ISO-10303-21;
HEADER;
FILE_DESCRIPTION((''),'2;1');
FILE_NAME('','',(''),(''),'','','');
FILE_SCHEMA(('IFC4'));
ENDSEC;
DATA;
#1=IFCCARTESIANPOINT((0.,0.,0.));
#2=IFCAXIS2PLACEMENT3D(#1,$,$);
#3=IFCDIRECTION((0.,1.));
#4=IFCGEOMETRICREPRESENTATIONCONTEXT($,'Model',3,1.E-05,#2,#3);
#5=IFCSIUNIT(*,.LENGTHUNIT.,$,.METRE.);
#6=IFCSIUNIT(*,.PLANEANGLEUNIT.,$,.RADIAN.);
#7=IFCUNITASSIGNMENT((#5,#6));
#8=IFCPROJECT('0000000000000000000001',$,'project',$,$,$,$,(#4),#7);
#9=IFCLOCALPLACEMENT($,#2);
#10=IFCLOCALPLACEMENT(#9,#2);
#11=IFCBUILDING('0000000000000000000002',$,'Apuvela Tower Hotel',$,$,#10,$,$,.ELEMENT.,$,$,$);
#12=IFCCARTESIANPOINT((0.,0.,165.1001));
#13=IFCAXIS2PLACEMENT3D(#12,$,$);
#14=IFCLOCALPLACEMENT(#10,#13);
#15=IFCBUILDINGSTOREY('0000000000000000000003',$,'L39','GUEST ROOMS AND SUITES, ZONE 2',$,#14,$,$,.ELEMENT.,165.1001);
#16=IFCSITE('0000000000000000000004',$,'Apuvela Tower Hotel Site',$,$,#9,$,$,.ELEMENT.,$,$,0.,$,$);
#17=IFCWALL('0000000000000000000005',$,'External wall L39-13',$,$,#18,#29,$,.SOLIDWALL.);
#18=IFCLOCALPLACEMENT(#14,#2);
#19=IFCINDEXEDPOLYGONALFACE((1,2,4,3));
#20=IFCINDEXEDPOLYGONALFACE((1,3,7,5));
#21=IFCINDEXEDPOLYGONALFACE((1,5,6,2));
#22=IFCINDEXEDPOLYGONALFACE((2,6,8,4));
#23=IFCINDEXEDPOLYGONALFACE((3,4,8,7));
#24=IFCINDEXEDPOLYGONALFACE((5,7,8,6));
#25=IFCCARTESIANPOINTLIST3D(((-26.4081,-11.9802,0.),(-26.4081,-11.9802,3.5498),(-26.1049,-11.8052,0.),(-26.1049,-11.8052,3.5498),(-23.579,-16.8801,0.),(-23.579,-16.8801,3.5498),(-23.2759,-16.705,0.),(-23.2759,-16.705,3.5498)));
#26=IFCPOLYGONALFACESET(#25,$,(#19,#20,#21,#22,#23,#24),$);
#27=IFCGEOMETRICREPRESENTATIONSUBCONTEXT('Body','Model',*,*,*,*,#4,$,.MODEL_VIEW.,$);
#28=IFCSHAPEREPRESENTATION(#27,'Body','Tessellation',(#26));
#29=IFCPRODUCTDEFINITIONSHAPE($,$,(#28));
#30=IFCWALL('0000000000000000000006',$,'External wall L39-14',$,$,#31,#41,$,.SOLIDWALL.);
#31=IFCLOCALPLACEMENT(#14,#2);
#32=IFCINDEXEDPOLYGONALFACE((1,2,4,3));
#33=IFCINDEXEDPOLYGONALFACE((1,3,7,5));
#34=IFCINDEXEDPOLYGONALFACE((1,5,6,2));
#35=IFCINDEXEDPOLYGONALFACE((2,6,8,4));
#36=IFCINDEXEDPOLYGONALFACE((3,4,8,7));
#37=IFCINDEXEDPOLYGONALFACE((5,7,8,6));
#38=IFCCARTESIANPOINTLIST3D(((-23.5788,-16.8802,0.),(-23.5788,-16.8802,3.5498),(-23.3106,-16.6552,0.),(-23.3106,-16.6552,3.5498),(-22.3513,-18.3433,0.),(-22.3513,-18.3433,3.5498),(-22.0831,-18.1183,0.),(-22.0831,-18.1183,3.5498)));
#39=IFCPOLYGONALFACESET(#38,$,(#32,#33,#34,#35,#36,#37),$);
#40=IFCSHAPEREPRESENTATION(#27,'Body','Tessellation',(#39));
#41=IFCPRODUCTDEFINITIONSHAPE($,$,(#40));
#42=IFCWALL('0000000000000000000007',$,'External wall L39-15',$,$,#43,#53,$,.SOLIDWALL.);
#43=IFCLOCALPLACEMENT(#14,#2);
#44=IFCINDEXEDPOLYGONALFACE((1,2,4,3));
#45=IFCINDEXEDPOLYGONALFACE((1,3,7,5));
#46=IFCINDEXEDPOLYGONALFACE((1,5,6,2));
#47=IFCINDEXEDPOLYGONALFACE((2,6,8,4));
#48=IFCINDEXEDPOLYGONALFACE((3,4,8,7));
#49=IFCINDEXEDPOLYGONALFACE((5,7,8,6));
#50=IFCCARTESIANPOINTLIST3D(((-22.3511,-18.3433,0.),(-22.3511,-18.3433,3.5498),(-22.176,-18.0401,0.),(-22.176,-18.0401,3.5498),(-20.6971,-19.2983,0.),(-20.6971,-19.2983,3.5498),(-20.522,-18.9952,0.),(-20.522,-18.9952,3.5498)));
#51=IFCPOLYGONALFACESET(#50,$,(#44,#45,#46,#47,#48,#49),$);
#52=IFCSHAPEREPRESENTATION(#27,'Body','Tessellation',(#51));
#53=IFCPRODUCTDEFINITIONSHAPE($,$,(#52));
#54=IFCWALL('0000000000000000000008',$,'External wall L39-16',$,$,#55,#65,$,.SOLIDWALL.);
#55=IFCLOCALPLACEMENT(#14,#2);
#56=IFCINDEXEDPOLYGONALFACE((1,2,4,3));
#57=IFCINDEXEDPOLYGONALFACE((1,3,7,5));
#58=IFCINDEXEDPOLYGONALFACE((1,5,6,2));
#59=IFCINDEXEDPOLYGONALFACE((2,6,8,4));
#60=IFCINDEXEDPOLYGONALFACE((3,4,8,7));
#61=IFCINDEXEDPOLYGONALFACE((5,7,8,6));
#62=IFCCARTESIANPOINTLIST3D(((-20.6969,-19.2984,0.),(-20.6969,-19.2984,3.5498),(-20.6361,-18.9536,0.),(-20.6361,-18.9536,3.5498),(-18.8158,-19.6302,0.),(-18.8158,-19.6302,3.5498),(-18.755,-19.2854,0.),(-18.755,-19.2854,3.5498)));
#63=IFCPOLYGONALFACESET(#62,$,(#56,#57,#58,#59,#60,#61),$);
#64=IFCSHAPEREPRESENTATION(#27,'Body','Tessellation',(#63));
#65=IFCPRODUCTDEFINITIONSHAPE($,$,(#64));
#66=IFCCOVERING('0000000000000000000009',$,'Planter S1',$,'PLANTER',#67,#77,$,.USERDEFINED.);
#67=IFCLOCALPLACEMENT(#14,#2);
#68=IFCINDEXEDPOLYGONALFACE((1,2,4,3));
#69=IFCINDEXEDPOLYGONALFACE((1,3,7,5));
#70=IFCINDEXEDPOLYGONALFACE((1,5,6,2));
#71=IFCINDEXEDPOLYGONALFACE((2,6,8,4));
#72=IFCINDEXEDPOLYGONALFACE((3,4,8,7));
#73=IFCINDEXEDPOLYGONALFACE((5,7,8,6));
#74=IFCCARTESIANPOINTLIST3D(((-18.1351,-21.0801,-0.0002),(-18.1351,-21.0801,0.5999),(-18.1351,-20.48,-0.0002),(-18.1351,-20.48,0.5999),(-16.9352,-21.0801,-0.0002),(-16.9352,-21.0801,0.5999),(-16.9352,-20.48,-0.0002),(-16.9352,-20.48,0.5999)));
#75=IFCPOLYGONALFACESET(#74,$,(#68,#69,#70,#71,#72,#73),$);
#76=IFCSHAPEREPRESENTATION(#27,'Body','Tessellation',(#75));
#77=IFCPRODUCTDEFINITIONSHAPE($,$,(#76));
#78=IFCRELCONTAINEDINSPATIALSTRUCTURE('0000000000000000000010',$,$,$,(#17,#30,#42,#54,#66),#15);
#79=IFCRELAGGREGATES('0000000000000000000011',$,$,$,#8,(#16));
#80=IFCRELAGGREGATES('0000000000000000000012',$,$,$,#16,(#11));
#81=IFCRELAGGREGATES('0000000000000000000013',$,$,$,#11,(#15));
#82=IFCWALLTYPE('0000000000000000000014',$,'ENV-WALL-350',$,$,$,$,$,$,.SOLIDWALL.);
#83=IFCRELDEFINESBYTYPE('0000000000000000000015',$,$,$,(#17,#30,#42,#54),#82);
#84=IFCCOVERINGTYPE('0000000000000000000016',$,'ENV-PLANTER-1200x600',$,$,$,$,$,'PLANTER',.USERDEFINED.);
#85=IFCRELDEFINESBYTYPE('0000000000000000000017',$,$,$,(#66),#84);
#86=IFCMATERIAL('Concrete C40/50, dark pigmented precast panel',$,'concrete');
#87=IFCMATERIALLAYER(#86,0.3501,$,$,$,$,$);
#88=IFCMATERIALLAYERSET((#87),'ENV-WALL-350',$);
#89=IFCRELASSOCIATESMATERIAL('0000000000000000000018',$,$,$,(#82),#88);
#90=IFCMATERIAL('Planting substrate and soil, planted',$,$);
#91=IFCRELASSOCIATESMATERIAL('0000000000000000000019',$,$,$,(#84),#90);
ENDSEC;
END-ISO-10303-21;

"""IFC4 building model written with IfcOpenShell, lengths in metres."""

from ifc_helpers import new_model, si_unit, direction, frame, frame_2d, origin, origin_2d, place, context, subcontext, project, spatial, rectangle, extrude, material, layer, layer_set, type_object, element, save


model = new_model("IFC4")

# Units and contexts
model_context = context("Model", 3, precision=1e-05, world=origin(), true_north=direction((0.0, 1.0)))
body_context = subcontext(model_context, "Body", "Model", "MODEL_VIEW")
ifc_project = project(units=[si_unit("LENGTHUNIT", "METRE"), si_unit("PLANEANGLEUNIT", "RADIAN")], contexts=[model_context])

# Site, building, storey
site_placement = place(None, origin())
site = spatial("IfcSite", under=ifc_project, at=site_placement, Name="Apuvela Tower Hotel Site", CompositionType="ELEMENT", RefElevation=0.0)
building_placement = place(site_placement, origin())
building = spatial("IfcBuilding", under=site, at=building_placement, Name="Apuvela Tower Hotel", CompositionType="ELEMENT")
storey_placement = place(building_placement, frame((0.0, 0.0, 165.1001)))
storey = spatial("IfcBuildingStorey", under=building, at=storey_placement, Name="L39", Description="GUEST ROOMS AND SUITES, ZONE 2", CompositionType="ELEMENT", Elevation=165.1001)

# Walls
ifc_material_1 = material(Name="Concrete C40/50, dark pigmented precast panel", Category="concrete")
ifc_layer_1 = layer(ifc_material_1, 0.3501)
ifc_layer_set_1 = layer_set([ifc_layer_1], Name="ENV-WALL-350")
wall_type_1 = type_object("IfcWallType", Name="ENV-WALL-350", PredefinedType="SOLIDWALL", material=ifc_layer_set_1)
wall_1_placement = place(storey_placement, frame((-26.2566, -11.8926, 0.0), z_axis=(0.0, 0.0, 1.0), x_axis=(0.500019, -0.866015, 0.0)))
element("IfcWall", 1, at=wall_1_placement, inside=storey, type_object=wall_type_1, Name="External wall L39-13", PredefinedType="SOLIDWALL", context=body_context, shape_type="SweptSolid", body=[
    extrude(rectangle(XDim=5.658, YDim=0.3501, at=frame_2d((2.8291, 0.0))), origin(), (0.0, 0.0, 1.0), 3.5498),
])
for number, where, z_axis, x_axis, name in (
    (2, (-23.4448, -16.7676, 0.0), (0.0, 0.0, 1.0), (0.642733, -0.76609, 0.0), "External wall L39-14"),
    (3, (-22.2637, -18.1917, 0.0), (0.0, 0.0, 1.0), (0.866, -0.500043, 0.0), "External wall L39-15"),
):
    element("IfcWall", number, at=place(storey_placement, frame(where, z_axis=z_axis, x_axis=x_axis)), inside=storey, type_object=wall_type_1, Name=name, PredefinedType="SOLIDWALL", context=body_context, shape_type="SweptSolid", body=[
        extrude(rectangle(XDim=1.9099, YDim=0.3501, at=frame_2d((0.9551, 0.0))), origin(), (0.0, 0.0, 1.0), 3.5498),
    ])
wall_2_placement = place(storey_placement, frame((-20.6665, -19.126, 0.0), z_axis=(0.0, 0.0, 1.0), x_axis=(0.984799, -0.173698, 0.0)))
element("IfcWall", 4, at=wall_2_placement, inside=storey, type_object=wall_type_1, Name="External wall L39-16", PredefinedType="SOLIDWALL", context=body_context, shape_type="SweptSolid", body=[
    extrude(rectangle(XDim=1.9102, YDim=0.3501, at=frame_2d((0.9551, 0.0))), origin(), (0.0, 0.0, 1.0), 3.5498),
])

# Covering
ifc_material_2 = material(Name="Planting substrate and soil, planted")
covering_type = type_object("IfcCoveringType", Name="ENV-PLANTER-1200x600", ElementType="PLANTER", PredefinedType="USERDEFINED", material=ifc_material_2)
covering_placement = place(storey_placement, frame((-17.5352, -20.78, -0.0002), z_axis=(0.0, 0.0, 1.0), x_axis=(1.0, 0.0, 0.0)))
element("IfcCovering", 5, at=covering_placement, inside=storey, type_object=covering_type, Name="Planter S1", ObjectType="PLANTER", PredefinedType="USERDEFINED", context=body_context, shape_type="SweptSolid", body=[
    extrude(rectangle(XDim=1.2, YDim=0.6001, at=origin_2d()), origin(), (0.0, 0.0, 1.0), 0.6001),
])

save(model, "model.ifc")
